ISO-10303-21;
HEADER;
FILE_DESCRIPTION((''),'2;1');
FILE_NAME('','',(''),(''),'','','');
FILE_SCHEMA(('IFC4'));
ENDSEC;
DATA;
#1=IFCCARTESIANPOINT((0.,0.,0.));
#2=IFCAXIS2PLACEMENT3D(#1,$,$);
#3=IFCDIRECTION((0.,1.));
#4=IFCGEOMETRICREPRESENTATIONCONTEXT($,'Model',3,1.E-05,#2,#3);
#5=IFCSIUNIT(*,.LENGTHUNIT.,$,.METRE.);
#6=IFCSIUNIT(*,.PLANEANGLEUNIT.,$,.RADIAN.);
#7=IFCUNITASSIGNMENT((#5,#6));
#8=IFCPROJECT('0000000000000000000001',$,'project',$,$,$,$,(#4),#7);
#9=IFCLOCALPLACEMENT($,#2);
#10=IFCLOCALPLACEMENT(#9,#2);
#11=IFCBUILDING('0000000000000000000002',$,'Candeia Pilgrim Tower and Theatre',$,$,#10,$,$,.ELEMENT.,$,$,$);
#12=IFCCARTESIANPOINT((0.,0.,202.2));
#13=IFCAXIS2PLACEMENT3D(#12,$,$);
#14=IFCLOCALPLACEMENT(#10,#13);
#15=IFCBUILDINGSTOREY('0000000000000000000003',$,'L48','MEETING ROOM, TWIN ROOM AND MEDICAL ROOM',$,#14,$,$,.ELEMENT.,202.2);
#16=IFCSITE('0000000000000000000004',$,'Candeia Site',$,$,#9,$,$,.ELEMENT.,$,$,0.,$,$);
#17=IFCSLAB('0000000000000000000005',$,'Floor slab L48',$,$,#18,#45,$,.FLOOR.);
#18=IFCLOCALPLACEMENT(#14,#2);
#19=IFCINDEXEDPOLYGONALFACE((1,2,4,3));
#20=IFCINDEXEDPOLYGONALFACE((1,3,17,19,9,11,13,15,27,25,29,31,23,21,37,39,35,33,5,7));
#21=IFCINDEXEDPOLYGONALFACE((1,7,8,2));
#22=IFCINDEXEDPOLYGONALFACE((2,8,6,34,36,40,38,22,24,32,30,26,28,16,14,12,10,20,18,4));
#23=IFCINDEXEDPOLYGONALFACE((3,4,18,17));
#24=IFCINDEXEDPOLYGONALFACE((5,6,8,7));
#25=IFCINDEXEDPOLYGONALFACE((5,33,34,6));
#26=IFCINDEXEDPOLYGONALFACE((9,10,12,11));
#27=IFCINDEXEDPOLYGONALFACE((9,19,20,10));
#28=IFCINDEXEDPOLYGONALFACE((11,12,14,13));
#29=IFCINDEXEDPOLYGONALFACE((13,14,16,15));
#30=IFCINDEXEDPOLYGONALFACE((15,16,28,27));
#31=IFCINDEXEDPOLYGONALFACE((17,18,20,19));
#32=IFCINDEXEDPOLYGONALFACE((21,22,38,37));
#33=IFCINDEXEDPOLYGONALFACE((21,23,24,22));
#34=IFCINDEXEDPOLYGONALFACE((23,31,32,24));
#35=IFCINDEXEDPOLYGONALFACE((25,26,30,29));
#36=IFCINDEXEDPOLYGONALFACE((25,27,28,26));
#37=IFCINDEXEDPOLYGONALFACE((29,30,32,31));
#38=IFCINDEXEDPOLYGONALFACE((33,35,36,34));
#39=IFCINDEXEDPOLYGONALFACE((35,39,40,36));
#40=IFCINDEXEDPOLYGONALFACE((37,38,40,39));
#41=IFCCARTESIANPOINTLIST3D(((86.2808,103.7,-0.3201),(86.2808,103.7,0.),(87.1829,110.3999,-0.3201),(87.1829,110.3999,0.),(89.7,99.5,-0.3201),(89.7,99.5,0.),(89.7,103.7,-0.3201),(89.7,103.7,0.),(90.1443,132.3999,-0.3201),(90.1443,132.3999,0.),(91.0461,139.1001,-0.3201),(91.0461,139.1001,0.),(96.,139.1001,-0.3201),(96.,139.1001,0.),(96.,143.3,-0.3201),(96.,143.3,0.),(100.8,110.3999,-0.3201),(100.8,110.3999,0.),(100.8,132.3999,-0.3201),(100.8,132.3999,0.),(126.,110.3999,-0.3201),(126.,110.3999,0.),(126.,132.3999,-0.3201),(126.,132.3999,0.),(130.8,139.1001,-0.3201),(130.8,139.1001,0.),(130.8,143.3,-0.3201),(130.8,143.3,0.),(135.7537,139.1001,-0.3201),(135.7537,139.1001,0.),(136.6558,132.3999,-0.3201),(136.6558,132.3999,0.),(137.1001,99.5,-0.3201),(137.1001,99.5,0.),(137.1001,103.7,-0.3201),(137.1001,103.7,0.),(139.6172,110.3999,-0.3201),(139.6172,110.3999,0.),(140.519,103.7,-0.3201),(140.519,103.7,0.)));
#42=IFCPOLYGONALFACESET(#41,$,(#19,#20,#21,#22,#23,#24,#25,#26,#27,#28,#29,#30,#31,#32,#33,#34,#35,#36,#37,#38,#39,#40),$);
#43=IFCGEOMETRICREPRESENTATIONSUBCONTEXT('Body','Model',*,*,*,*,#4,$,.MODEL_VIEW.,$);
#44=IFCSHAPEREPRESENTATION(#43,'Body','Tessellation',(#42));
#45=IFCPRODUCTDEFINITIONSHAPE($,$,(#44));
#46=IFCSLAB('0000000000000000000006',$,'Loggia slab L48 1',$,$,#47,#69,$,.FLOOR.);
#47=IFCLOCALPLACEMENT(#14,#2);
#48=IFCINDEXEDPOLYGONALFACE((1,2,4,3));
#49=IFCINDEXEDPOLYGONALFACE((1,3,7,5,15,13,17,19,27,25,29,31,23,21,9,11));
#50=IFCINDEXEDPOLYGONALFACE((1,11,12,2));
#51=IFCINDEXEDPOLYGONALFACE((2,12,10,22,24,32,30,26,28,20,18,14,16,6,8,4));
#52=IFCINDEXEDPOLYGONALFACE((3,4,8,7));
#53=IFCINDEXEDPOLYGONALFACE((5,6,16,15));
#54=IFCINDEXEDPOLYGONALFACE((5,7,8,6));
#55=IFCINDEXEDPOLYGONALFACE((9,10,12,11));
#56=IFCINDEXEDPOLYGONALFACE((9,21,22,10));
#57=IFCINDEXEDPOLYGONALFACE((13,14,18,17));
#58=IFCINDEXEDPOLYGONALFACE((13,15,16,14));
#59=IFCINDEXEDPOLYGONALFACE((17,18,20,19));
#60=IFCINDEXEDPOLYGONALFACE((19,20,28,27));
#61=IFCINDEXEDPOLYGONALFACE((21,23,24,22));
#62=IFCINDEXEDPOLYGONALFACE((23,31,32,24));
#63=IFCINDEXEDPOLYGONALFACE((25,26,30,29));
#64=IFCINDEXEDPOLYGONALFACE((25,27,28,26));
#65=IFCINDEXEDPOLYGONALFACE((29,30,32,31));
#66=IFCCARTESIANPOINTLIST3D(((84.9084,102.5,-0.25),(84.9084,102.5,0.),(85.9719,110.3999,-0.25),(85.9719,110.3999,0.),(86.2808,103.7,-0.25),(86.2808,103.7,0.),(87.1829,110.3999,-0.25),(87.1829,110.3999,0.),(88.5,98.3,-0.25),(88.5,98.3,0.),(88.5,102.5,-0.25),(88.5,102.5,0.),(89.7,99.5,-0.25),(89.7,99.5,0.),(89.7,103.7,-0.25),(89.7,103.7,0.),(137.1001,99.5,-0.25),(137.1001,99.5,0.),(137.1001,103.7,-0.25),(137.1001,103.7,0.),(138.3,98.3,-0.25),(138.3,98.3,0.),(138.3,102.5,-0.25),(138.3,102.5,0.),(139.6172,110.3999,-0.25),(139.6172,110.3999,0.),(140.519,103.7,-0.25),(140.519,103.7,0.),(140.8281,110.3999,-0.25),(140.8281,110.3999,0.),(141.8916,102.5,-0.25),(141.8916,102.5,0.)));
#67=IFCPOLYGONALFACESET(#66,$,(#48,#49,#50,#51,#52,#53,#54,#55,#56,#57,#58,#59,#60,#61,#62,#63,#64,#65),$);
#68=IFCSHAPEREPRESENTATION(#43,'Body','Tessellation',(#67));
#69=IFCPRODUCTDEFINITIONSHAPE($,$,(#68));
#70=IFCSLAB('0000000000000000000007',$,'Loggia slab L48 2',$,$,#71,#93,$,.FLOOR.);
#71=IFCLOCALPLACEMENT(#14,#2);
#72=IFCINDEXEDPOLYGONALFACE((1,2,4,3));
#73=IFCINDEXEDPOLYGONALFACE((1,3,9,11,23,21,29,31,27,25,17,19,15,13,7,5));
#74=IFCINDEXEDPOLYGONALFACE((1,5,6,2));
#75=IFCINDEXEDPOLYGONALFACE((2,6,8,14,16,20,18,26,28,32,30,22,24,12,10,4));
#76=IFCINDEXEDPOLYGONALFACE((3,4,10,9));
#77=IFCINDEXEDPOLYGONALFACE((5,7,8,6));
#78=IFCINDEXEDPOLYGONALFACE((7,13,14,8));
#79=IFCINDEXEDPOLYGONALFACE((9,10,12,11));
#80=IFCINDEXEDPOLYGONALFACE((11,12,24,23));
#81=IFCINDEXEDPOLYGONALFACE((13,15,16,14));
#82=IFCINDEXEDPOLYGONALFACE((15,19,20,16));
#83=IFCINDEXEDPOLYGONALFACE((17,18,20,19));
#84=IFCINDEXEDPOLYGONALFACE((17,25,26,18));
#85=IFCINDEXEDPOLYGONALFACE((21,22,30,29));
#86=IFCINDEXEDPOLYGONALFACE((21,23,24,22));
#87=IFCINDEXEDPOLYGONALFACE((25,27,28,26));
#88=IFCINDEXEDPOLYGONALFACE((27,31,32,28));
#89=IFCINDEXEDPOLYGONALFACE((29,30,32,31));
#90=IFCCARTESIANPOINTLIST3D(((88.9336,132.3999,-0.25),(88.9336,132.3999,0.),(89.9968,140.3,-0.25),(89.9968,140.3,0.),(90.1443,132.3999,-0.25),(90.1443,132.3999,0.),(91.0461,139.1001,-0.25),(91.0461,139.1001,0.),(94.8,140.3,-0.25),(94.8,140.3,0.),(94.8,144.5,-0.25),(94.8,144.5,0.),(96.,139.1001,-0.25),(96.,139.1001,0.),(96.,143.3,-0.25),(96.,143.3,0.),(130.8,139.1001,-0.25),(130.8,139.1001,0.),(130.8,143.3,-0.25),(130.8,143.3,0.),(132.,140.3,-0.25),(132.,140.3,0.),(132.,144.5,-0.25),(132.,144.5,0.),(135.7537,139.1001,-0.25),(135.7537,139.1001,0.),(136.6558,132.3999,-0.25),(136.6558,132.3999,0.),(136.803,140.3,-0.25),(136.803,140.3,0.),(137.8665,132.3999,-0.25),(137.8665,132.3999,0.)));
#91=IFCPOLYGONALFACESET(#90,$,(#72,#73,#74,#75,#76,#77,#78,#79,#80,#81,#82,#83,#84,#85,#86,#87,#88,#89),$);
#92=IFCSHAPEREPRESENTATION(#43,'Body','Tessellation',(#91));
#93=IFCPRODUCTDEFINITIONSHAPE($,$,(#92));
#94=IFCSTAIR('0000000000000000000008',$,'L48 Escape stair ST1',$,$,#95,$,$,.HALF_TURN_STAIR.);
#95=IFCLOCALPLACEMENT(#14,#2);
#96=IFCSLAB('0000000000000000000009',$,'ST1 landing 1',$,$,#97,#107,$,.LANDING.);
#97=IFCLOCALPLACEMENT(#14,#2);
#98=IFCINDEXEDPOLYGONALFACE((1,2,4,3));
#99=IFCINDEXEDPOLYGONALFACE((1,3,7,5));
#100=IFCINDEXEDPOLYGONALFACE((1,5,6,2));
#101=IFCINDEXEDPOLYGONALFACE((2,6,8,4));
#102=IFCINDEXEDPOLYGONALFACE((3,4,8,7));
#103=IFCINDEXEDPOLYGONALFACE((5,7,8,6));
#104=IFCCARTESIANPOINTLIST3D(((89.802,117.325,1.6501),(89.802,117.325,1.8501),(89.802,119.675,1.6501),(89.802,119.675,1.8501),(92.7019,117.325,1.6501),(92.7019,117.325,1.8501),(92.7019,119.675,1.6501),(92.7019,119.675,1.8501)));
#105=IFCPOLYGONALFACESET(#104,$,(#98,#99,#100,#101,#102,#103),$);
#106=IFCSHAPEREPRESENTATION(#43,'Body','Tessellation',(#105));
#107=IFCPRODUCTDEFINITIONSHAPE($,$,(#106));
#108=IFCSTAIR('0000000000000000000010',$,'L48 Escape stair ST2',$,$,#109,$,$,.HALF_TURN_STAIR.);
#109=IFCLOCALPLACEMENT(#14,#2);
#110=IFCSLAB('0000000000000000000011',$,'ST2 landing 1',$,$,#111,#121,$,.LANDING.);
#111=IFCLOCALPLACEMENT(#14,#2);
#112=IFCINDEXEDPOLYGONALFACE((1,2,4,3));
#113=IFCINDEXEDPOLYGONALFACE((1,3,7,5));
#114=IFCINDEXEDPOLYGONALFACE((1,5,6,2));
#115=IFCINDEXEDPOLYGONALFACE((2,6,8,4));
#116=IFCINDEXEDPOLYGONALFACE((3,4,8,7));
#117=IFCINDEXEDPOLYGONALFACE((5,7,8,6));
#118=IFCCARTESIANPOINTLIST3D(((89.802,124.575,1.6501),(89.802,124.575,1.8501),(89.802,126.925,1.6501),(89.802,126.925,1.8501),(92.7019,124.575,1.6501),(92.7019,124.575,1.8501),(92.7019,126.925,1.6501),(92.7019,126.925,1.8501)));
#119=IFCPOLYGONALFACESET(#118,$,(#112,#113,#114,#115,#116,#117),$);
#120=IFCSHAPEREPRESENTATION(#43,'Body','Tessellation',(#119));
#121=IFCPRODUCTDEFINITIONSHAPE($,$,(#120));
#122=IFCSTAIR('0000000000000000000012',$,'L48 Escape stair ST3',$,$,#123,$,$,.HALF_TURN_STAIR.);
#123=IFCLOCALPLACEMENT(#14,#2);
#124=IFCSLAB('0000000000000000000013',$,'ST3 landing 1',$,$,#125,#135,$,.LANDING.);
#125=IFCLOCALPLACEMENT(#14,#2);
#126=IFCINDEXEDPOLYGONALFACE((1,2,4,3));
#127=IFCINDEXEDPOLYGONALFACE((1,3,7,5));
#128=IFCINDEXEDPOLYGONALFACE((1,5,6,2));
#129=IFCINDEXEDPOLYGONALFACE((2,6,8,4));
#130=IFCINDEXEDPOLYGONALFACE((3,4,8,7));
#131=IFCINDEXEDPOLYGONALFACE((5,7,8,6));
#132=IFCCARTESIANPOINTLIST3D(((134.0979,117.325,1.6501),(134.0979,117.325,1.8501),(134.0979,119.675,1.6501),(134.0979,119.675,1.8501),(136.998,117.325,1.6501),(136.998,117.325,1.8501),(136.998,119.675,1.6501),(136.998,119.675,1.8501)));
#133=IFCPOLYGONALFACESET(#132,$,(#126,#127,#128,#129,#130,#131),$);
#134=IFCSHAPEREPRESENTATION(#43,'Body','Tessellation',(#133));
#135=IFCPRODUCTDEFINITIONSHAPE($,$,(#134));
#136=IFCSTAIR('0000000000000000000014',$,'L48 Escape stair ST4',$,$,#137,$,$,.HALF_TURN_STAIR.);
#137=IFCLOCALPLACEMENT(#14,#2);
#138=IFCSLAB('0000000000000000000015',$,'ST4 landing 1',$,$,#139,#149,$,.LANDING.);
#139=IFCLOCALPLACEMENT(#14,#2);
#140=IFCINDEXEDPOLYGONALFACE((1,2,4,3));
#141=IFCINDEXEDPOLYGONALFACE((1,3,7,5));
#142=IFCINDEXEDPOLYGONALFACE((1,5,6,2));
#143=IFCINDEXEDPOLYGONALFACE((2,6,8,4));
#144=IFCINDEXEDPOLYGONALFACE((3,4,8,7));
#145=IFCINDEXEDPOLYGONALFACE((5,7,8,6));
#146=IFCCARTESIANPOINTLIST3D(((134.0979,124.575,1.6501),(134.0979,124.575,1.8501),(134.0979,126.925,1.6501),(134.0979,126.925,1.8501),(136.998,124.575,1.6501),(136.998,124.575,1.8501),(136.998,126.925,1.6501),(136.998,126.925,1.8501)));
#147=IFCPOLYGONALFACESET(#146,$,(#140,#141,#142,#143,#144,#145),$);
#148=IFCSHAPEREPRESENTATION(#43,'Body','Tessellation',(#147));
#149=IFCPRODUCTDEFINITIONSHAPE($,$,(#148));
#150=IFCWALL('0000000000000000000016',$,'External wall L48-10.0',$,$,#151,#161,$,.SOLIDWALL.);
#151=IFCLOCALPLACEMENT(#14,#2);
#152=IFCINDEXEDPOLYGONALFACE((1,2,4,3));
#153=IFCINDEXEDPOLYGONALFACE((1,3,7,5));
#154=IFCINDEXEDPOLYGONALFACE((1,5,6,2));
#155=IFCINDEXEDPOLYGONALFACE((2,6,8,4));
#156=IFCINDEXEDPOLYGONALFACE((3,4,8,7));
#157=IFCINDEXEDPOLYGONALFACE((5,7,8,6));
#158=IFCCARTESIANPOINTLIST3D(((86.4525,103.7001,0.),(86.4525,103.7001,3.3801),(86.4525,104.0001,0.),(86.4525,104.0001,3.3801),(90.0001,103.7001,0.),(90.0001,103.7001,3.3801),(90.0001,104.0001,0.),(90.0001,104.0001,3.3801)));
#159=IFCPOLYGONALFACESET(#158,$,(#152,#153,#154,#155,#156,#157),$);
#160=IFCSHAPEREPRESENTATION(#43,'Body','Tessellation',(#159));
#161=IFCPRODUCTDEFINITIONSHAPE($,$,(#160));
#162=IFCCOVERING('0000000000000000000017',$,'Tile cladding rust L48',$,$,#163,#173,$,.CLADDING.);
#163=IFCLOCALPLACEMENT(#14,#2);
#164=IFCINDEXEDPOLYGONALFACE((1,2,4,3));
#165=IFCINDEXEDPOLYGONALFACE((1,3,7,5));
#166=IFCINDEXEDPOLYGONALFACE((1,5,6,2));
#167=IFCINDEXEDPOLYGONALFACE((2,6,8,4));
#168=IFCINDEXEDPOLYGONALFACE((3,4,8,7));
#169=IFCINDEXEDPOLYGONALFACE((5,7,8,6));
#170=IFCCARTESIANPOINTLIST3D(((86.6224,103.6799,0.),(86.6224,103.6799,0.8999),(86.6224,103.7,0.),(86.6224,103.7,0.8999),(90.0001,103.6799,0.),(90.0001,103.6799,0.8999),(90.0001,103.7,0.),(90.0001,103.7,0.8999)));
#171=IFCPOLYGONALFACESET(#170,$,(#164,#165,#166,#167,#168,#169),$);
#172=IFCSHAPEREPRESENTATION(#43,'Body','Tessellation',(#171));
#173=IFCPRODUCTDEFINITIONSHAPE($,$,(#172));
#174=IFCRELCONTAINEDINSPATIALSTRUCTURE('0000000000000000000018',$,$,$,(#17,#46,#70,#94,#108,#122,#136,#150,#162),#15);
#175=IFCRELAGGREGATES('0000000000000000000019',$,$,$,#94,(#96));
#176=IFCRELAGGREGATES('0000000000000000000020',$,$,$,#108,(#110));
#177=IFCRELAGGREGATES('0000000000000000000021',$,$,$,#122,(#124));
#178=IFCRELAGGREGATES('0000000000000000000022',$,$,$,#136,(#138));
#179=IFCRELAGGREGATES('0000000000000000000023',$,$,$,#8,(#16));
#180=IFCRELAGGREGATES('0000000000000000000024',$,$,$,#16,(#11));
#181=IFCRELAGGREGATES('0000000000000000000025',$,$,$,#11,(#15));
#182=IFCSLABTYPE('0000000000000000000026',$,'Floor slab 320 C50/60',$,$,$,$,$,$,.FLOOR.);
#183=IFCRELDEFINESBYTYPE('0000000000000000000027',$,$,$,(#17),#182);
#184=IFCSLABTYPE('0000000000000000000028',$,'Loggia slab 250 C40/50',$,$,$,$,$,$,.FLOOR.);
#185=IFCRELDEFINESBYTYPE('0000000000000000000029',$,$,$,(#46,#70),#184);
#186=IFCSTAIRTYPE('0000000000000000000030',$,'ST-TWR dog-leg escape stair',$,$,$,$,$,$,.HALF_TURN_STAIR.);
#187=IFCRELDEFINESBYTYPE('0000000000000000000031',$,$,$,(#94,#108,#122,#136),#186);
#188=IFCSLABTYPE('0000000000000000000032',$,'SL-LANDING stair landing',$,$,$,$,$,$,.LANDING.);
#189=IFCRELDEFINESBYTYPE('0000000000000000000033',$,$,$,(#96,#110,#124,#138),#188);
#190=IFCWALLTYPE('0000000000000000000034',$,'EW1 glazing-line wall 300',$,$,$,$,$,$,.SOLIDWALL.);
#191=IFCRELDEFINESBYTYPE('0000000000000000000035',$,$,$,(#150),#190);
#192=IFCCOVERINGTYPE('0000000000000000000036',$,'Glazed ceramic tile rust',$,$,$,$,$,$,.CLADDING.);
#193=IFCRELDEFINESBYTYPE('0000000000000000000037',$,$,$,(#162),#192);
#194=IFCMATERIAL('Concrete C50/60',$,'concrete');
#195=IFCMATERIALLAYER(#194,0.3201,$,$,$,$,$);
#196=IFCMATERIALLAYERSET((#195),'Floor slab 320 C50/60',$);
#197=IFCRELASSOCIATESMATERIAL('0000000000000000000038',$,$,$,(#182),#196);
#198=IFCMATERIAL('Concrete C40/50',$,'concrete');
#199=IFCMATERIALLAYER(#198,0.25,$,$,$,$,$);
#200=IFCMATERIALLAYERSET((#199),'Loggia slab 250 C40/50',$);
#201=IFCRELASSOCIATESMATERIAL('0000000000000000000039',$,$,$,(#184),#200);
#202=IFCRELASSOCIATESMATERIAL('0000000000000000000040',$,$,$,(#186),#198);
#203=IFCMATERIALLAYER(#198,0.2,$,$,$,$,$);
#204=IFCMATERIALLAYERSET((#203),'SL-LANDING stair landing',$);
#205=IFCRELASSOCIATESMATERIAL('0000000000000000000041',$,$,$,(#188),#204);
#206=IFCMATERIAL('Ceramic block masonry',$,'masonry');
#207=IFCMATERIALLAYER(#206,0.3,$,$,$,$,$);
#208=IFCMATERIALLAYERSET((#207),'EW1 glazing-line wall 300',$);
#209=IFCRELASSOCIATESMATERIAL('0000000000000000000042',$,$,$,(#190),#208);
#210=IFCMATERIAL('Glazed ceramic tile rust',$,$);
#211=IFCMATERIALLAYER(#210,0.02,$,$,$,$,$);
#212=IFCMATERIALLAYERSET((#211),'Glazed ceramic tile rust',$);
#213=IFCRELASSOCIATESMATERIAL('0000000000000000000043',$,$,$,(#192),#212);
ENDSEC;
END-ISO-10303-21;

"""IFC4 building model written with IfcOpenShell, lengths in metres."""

from ifc_helpers import new_model, si_unit, direction, frame, frame_2d, origin, origin_2d, place, context, subcontext, project, spatial, polyline, rectangle, outline, extrude, material, layer, layer_set, type_object, element, aggregate, save


model = new_model("IFC4")

# Units and contexts
model_context = context("Model", 3, precision=1e-05, world=origin(), true_north=direction((0.0, 1.0)))
body_context = subcontext(model_context, "Body", "Model", "MODEL_VIEW")
ifc_project = project(units=[si_unit("LENGTHUNIT", "METRE"), si_unit("PLANEANGLEUNIT", "RADIAN")], contexts=[model_context])

# Site, building, storey
site_placement = place(None, origin())
site = spatial("IfcSite", under=ifc_project, at=site_placement, Name="Candeia Site", CompositionType="ELEMENT", RefElevation=0.0)
building_placement = place(site_placement, origin())
building = spatial("IfcBuilding", under=site, at=building_placement, Name="Candeia Pilgrim Tower and Theatre", CompositionType="ELEMENT")
storey_placement = place(building_placement, frame((0.0, 0.0, 202.2)))
storey = spatial("IfcBuildingStorey", under=building, at=storey_placement, Name="L48", Description="MEETING ROOM, TWIN ROOM AND MEDICAL ROOM", CompositionType="ELEMENT", Elevation=202.2)

# Shared definitions
ifc_material_1 = material(Name="Concrete C50/60", Category="concrete")

# Slabs
ifc_material_2 = material(Name="Concrete C40/50", Category="concrete")
ifc_layer_1 = layer(ifc_material_1, 0.3201)
ifc_layer_set_1 = layer_set([ifc_layer_1], Name="Floor slab 320 C50/60")
slab_type_1 = type_object("IfcSlabType", Name="Floor slab 320 C50/60", PredefinedType="FLOOR", material=ifc_layer_set_1)
slab_1_placement = place(storey_placement, frame((0.0, 0.0, -0.3201)))
element("IfcSlab", 1, at=slab_1_placement, inside=storey, type_object=slab_type_1, Name="Floor slab L48", PredefinedType="FLOOR", context=body_context, shape_type="SweptSolid", body=[
    extrude(outline(polyline([(96.0, 139.1001), (96.0, 143.3), (130.8, 143.3), (130.8, 139.1001), (135.7537, 139.1001), (136.6558, 132.3999), (126.0, 132.3999), (126.0, 110.3999), (139.6172, 110.3999), (140.519, 103.7), (137.1001, 103.7), (137.1001, 99.5), (89.7, 99.5), (89.7, 103.7), (86.2808, 103.7), (87.1829, 110.3999), (100.8, 110.3999), (100.8, 132.3999), (90.1443, 132.3999), (91.0461, 139.1001), (96.0, 139.1001)])), origin(), (0.0, 0.0, 1.0), 0.3201),
])
ifc_layer_2 = layer(ifc_material_2, 0.25)
ifc_layer_set_2 = layer_set([ifc_layer_2], Name="Loggia slab 250 C40/50")
slab_type_2 = type_object("IfcSlabType", Name="Loggia slab 250 C40/50", PredefinedType="FLOOR", material=ifc_layer_set_2)
slab_2_placement = place(storey_placement, frame((0.0, 0.0, -0.25)))
element("IfcSlab", 2, at=slab_2_placement, inside=storey, type_object=slab_type_2, Name="Loggia slab L48 1", PredefinedType="FLOOR", context=body_context, shape_type="SweptSolid", body=[
    extrude(outline(polyline([(87.1829, 110.3999), (86.2808, 103.7), (89.7, 103.7), (89.7, 99.5), (137.1001, 99.5), (137.1001, 103.7), (140.519, 103.7), (139.6172, 110.3999), (140.8281, 110.3999), (141.8916, 102.5), (138.3, 102.5), (138.3, 98.3), (88.5, 98.3), (88.5, 102.5), (84.9084, 102.5), (85.9719, 110.3999), (87.1829, 110.3999)])), origin(), (0.0, 0.0, 1.0), 0.25),
])
slab_3_placement = place(storey_placement, frame((0.0, 0.0, -0.25)))
element("IfcSlab", 3, at=slab_3_placement, inside=storey, type_object=slab_type_2, Name="Loggia slab L48 2", PredefinedType="FLOOR", context=body_context, shape_type="SweptSolid", body=[
    extrude(outline(polyline([(136.6558, 132.3999), (135.7537, 139.1001), (130.8, 139.1001), (130.8, 143.3), (96.0, 143.3), (96.0, 139.1001), (91.0461, 139.1001), (90.1443, 132.3999), (88.9336, 132.3999), (89.9968, 140.3), (94.8, 140.3), (94.8, 144.5), (132.0, 144.5), (132.0, 140.3), (136.803, 140.3), (137.8665, 132.3999), (136.6558, 132.3999)])), origin(), (0.0, 0.0, 1.0), 0.25),
])

# Stairs, slabs
stair_type = type_object("IfcStairType", Name="ST-TWR dog-leg escape stair", PredefinedType="HALF_TURN_STAIR", material=ifc_material_2)
stair_1_placement = place(storey_placement, origin())
stair_1 = element("IfcStair", 4, at=stair_1_placement, inside=storey, type_object=stair_type, Name="L48 Escape stair ST1", PredefinedType="HALF_TURN_STAIR")
ifc_layer_3 = layer(ifc_material_2, 0.2)
ifc_layer_set_3 = layer_set([ifc_layer_3], Name="SL-LANDING stair landing")
slab_type_3 = type_object("IfcSlabType", Name="SL-LANDING stair landing", PredefinedType="LANDING", material=ifc_layer_set_3)
slab_4_placement = place(storey_placement, frame((0.0, 0.0, 1.6501)))
slab_4 = element("IfcSlab", 5, at=slab_4_placement, type_object=slab_type_3, Name="ST1 landing 1", PredefinedType="LANDING", context=body_context, shape_type="SweptSolid", body=[
    extrude(outline(polyline([(89.802, 119.675), (89.802, 117.325), (92.7019, 117.325), (92.7019, 119.675), (89.802, 119.675)])), origin(), (0.0, 0.0, 1.0), 0.2),
])
aggregate(stair_1, [slab_4])
stair_2_placement = place(storey_placement, origin())
stair_2 = element("IfcStair", 6, at=stair_2_placement, inside=storey, type_object=stair_type, Name="L48 Escape stair ST2", PredefinedType="HALF_TURN_STAIR")
slab_5_placement = place(storey_placement, frame((0.0, 0.0, 1.6501)))
slab_5 = element("IfcSlab", 7, at=slab_5_placement, type_object=slab_type_3, Name="ST2 landing 1", PredefinedType="LANDING", context=body_context, shape_type="SweptSolid", body=[
    extrude(outline(polyline([(89.802, 126.925), (89.802, 124.575), (92.7019, 124.575), (92.7019, 126.925), (89.802, 126.925)])), origin(), (0.0, 0.0, 1.0), 0.2),
])
aggregate(stair_2, [slab_5])
stair_3_placement = place(storey_placement, origin())
stair_3 = element("IfcStair", 8, at=stair_3_placement, inside=storey, type_object=stair_type, Name="L48 Escape stair ST3", PredefinedType="HALF_TURN_STAIR")
slab_6_placement = place(storey_placement, frame((0.0, 0.0, 1.6501)))
slab_6 = element("IfcSlab", 9, at=slab_6_placement, type_object=slab_type_3, Name="ST3 landing 1", PredefinedType="LANDING", context=body_context, shape_type="SweptSolid", body=[
    extrude(outline(polyline([(134.0979, 119.675), (134.0979, 117.325), (136.998, 117.325), (136.998, 119.675), (134.0979, 119.675)])), origin(), (0.0, 0.0, 1.0), 0.2),
])
aggregate(stair_3, [slab_6])
stair_4_placement = place(storey_placement, origin())
stair_4 = element("IfcStair", 10, at=stair_4_placement, inside=storey, type_object=stair_type, Name="L48 Escape stair ST4", PredefinedType="HALF_TURN_STAIR")
slab_7_placement = place(storey_placement, frame((0.0, 0.0, 1.6501)))
slab_7 = element("IfcSlab", 11, at=slab_7_placement, type_object=slab_type_3, Name="ST4 landing 1", PredefinedType="LANDING", context=body_context, shape_type="SweptSolid", body=[
    extrude(outline(polyline([(134.0979, 126.925), (134.0979, 124.575), (136.998, 124.575), (136.998, 126.925), (134.0979, 126.925)])), origin(), (0.0, 0.0, 1.0), 0.2),
])
aggregate(stair_4, [slab_7])

# Wall
ifc_material_3 = material(Name="Ceramic block masonry", Category="masonry")
ifc_layer_4 = layer(ifc_material_3, 0.3)
ifc_layer_set_4 = layer_set([ifc_layer_4], Name="EW1 glazing-line wall 300")
wall_type = type_object("IfcWallType", Name="EW1 glazing-line wall 300", PredefinedType="SOLIDWALL", material=ifc_layer_set_4)
wall_placement = place(storey_placement, frame((86.4524, 103.8501, 0.0), z_axis=(0.0, 0.0, 1.0), x_axis=(1.0, 0.0, 0.0)))
element("IfcWall", 12, at=wall_placement, inside=storey, type_object=wall_type, Name="External wall L48-10.0", PredefinedType="SOLIDWALL", context=body_context, shape_type="SweptSolid", body=[
    extrude(rectangle(XDim=3.5476, YDim=0.3, at=frame_2d((1.7739, 0.0))), origin(), (0.0, 0.0, 1.0), 3.3801),
])

# Covering
ifc_material_4 = material(Name="Glazed ceramic tile rust")
ifc_layer_5 = layer(ifc_material_4, 0.02)
ifc_layer_set_5 = layer_set([ifc_layer_5], Name="Glazed ceramic tile rust")
covering_type = type_object("IfcCoveringType", Name="Glazed ceramic tile rust", PredefinedType="CLADDING", material=ifc_layer_set_5)
covering_placement = place(storey_placement, frame((88.3113, 103.6899, 0.0), z_axis=(0.0, 0.0, 1.0), x_axis=(1.0, 0.0, 0.0)))
element("IfcCovering", 13, at=covering_placement, inside=storey, type_object=covering_type, Name="Tile cladding rust L48", PredefinedType="CLADDING", context=body_context, shape_type="SweptSolid", body=[
    extrude(rectangle(XDim=3.3777, YDim=0.02, at=origin_2d()), origin(), (0.0, 0.0, 1.0), 0.8999),
])

save(model, "model.ifc")
